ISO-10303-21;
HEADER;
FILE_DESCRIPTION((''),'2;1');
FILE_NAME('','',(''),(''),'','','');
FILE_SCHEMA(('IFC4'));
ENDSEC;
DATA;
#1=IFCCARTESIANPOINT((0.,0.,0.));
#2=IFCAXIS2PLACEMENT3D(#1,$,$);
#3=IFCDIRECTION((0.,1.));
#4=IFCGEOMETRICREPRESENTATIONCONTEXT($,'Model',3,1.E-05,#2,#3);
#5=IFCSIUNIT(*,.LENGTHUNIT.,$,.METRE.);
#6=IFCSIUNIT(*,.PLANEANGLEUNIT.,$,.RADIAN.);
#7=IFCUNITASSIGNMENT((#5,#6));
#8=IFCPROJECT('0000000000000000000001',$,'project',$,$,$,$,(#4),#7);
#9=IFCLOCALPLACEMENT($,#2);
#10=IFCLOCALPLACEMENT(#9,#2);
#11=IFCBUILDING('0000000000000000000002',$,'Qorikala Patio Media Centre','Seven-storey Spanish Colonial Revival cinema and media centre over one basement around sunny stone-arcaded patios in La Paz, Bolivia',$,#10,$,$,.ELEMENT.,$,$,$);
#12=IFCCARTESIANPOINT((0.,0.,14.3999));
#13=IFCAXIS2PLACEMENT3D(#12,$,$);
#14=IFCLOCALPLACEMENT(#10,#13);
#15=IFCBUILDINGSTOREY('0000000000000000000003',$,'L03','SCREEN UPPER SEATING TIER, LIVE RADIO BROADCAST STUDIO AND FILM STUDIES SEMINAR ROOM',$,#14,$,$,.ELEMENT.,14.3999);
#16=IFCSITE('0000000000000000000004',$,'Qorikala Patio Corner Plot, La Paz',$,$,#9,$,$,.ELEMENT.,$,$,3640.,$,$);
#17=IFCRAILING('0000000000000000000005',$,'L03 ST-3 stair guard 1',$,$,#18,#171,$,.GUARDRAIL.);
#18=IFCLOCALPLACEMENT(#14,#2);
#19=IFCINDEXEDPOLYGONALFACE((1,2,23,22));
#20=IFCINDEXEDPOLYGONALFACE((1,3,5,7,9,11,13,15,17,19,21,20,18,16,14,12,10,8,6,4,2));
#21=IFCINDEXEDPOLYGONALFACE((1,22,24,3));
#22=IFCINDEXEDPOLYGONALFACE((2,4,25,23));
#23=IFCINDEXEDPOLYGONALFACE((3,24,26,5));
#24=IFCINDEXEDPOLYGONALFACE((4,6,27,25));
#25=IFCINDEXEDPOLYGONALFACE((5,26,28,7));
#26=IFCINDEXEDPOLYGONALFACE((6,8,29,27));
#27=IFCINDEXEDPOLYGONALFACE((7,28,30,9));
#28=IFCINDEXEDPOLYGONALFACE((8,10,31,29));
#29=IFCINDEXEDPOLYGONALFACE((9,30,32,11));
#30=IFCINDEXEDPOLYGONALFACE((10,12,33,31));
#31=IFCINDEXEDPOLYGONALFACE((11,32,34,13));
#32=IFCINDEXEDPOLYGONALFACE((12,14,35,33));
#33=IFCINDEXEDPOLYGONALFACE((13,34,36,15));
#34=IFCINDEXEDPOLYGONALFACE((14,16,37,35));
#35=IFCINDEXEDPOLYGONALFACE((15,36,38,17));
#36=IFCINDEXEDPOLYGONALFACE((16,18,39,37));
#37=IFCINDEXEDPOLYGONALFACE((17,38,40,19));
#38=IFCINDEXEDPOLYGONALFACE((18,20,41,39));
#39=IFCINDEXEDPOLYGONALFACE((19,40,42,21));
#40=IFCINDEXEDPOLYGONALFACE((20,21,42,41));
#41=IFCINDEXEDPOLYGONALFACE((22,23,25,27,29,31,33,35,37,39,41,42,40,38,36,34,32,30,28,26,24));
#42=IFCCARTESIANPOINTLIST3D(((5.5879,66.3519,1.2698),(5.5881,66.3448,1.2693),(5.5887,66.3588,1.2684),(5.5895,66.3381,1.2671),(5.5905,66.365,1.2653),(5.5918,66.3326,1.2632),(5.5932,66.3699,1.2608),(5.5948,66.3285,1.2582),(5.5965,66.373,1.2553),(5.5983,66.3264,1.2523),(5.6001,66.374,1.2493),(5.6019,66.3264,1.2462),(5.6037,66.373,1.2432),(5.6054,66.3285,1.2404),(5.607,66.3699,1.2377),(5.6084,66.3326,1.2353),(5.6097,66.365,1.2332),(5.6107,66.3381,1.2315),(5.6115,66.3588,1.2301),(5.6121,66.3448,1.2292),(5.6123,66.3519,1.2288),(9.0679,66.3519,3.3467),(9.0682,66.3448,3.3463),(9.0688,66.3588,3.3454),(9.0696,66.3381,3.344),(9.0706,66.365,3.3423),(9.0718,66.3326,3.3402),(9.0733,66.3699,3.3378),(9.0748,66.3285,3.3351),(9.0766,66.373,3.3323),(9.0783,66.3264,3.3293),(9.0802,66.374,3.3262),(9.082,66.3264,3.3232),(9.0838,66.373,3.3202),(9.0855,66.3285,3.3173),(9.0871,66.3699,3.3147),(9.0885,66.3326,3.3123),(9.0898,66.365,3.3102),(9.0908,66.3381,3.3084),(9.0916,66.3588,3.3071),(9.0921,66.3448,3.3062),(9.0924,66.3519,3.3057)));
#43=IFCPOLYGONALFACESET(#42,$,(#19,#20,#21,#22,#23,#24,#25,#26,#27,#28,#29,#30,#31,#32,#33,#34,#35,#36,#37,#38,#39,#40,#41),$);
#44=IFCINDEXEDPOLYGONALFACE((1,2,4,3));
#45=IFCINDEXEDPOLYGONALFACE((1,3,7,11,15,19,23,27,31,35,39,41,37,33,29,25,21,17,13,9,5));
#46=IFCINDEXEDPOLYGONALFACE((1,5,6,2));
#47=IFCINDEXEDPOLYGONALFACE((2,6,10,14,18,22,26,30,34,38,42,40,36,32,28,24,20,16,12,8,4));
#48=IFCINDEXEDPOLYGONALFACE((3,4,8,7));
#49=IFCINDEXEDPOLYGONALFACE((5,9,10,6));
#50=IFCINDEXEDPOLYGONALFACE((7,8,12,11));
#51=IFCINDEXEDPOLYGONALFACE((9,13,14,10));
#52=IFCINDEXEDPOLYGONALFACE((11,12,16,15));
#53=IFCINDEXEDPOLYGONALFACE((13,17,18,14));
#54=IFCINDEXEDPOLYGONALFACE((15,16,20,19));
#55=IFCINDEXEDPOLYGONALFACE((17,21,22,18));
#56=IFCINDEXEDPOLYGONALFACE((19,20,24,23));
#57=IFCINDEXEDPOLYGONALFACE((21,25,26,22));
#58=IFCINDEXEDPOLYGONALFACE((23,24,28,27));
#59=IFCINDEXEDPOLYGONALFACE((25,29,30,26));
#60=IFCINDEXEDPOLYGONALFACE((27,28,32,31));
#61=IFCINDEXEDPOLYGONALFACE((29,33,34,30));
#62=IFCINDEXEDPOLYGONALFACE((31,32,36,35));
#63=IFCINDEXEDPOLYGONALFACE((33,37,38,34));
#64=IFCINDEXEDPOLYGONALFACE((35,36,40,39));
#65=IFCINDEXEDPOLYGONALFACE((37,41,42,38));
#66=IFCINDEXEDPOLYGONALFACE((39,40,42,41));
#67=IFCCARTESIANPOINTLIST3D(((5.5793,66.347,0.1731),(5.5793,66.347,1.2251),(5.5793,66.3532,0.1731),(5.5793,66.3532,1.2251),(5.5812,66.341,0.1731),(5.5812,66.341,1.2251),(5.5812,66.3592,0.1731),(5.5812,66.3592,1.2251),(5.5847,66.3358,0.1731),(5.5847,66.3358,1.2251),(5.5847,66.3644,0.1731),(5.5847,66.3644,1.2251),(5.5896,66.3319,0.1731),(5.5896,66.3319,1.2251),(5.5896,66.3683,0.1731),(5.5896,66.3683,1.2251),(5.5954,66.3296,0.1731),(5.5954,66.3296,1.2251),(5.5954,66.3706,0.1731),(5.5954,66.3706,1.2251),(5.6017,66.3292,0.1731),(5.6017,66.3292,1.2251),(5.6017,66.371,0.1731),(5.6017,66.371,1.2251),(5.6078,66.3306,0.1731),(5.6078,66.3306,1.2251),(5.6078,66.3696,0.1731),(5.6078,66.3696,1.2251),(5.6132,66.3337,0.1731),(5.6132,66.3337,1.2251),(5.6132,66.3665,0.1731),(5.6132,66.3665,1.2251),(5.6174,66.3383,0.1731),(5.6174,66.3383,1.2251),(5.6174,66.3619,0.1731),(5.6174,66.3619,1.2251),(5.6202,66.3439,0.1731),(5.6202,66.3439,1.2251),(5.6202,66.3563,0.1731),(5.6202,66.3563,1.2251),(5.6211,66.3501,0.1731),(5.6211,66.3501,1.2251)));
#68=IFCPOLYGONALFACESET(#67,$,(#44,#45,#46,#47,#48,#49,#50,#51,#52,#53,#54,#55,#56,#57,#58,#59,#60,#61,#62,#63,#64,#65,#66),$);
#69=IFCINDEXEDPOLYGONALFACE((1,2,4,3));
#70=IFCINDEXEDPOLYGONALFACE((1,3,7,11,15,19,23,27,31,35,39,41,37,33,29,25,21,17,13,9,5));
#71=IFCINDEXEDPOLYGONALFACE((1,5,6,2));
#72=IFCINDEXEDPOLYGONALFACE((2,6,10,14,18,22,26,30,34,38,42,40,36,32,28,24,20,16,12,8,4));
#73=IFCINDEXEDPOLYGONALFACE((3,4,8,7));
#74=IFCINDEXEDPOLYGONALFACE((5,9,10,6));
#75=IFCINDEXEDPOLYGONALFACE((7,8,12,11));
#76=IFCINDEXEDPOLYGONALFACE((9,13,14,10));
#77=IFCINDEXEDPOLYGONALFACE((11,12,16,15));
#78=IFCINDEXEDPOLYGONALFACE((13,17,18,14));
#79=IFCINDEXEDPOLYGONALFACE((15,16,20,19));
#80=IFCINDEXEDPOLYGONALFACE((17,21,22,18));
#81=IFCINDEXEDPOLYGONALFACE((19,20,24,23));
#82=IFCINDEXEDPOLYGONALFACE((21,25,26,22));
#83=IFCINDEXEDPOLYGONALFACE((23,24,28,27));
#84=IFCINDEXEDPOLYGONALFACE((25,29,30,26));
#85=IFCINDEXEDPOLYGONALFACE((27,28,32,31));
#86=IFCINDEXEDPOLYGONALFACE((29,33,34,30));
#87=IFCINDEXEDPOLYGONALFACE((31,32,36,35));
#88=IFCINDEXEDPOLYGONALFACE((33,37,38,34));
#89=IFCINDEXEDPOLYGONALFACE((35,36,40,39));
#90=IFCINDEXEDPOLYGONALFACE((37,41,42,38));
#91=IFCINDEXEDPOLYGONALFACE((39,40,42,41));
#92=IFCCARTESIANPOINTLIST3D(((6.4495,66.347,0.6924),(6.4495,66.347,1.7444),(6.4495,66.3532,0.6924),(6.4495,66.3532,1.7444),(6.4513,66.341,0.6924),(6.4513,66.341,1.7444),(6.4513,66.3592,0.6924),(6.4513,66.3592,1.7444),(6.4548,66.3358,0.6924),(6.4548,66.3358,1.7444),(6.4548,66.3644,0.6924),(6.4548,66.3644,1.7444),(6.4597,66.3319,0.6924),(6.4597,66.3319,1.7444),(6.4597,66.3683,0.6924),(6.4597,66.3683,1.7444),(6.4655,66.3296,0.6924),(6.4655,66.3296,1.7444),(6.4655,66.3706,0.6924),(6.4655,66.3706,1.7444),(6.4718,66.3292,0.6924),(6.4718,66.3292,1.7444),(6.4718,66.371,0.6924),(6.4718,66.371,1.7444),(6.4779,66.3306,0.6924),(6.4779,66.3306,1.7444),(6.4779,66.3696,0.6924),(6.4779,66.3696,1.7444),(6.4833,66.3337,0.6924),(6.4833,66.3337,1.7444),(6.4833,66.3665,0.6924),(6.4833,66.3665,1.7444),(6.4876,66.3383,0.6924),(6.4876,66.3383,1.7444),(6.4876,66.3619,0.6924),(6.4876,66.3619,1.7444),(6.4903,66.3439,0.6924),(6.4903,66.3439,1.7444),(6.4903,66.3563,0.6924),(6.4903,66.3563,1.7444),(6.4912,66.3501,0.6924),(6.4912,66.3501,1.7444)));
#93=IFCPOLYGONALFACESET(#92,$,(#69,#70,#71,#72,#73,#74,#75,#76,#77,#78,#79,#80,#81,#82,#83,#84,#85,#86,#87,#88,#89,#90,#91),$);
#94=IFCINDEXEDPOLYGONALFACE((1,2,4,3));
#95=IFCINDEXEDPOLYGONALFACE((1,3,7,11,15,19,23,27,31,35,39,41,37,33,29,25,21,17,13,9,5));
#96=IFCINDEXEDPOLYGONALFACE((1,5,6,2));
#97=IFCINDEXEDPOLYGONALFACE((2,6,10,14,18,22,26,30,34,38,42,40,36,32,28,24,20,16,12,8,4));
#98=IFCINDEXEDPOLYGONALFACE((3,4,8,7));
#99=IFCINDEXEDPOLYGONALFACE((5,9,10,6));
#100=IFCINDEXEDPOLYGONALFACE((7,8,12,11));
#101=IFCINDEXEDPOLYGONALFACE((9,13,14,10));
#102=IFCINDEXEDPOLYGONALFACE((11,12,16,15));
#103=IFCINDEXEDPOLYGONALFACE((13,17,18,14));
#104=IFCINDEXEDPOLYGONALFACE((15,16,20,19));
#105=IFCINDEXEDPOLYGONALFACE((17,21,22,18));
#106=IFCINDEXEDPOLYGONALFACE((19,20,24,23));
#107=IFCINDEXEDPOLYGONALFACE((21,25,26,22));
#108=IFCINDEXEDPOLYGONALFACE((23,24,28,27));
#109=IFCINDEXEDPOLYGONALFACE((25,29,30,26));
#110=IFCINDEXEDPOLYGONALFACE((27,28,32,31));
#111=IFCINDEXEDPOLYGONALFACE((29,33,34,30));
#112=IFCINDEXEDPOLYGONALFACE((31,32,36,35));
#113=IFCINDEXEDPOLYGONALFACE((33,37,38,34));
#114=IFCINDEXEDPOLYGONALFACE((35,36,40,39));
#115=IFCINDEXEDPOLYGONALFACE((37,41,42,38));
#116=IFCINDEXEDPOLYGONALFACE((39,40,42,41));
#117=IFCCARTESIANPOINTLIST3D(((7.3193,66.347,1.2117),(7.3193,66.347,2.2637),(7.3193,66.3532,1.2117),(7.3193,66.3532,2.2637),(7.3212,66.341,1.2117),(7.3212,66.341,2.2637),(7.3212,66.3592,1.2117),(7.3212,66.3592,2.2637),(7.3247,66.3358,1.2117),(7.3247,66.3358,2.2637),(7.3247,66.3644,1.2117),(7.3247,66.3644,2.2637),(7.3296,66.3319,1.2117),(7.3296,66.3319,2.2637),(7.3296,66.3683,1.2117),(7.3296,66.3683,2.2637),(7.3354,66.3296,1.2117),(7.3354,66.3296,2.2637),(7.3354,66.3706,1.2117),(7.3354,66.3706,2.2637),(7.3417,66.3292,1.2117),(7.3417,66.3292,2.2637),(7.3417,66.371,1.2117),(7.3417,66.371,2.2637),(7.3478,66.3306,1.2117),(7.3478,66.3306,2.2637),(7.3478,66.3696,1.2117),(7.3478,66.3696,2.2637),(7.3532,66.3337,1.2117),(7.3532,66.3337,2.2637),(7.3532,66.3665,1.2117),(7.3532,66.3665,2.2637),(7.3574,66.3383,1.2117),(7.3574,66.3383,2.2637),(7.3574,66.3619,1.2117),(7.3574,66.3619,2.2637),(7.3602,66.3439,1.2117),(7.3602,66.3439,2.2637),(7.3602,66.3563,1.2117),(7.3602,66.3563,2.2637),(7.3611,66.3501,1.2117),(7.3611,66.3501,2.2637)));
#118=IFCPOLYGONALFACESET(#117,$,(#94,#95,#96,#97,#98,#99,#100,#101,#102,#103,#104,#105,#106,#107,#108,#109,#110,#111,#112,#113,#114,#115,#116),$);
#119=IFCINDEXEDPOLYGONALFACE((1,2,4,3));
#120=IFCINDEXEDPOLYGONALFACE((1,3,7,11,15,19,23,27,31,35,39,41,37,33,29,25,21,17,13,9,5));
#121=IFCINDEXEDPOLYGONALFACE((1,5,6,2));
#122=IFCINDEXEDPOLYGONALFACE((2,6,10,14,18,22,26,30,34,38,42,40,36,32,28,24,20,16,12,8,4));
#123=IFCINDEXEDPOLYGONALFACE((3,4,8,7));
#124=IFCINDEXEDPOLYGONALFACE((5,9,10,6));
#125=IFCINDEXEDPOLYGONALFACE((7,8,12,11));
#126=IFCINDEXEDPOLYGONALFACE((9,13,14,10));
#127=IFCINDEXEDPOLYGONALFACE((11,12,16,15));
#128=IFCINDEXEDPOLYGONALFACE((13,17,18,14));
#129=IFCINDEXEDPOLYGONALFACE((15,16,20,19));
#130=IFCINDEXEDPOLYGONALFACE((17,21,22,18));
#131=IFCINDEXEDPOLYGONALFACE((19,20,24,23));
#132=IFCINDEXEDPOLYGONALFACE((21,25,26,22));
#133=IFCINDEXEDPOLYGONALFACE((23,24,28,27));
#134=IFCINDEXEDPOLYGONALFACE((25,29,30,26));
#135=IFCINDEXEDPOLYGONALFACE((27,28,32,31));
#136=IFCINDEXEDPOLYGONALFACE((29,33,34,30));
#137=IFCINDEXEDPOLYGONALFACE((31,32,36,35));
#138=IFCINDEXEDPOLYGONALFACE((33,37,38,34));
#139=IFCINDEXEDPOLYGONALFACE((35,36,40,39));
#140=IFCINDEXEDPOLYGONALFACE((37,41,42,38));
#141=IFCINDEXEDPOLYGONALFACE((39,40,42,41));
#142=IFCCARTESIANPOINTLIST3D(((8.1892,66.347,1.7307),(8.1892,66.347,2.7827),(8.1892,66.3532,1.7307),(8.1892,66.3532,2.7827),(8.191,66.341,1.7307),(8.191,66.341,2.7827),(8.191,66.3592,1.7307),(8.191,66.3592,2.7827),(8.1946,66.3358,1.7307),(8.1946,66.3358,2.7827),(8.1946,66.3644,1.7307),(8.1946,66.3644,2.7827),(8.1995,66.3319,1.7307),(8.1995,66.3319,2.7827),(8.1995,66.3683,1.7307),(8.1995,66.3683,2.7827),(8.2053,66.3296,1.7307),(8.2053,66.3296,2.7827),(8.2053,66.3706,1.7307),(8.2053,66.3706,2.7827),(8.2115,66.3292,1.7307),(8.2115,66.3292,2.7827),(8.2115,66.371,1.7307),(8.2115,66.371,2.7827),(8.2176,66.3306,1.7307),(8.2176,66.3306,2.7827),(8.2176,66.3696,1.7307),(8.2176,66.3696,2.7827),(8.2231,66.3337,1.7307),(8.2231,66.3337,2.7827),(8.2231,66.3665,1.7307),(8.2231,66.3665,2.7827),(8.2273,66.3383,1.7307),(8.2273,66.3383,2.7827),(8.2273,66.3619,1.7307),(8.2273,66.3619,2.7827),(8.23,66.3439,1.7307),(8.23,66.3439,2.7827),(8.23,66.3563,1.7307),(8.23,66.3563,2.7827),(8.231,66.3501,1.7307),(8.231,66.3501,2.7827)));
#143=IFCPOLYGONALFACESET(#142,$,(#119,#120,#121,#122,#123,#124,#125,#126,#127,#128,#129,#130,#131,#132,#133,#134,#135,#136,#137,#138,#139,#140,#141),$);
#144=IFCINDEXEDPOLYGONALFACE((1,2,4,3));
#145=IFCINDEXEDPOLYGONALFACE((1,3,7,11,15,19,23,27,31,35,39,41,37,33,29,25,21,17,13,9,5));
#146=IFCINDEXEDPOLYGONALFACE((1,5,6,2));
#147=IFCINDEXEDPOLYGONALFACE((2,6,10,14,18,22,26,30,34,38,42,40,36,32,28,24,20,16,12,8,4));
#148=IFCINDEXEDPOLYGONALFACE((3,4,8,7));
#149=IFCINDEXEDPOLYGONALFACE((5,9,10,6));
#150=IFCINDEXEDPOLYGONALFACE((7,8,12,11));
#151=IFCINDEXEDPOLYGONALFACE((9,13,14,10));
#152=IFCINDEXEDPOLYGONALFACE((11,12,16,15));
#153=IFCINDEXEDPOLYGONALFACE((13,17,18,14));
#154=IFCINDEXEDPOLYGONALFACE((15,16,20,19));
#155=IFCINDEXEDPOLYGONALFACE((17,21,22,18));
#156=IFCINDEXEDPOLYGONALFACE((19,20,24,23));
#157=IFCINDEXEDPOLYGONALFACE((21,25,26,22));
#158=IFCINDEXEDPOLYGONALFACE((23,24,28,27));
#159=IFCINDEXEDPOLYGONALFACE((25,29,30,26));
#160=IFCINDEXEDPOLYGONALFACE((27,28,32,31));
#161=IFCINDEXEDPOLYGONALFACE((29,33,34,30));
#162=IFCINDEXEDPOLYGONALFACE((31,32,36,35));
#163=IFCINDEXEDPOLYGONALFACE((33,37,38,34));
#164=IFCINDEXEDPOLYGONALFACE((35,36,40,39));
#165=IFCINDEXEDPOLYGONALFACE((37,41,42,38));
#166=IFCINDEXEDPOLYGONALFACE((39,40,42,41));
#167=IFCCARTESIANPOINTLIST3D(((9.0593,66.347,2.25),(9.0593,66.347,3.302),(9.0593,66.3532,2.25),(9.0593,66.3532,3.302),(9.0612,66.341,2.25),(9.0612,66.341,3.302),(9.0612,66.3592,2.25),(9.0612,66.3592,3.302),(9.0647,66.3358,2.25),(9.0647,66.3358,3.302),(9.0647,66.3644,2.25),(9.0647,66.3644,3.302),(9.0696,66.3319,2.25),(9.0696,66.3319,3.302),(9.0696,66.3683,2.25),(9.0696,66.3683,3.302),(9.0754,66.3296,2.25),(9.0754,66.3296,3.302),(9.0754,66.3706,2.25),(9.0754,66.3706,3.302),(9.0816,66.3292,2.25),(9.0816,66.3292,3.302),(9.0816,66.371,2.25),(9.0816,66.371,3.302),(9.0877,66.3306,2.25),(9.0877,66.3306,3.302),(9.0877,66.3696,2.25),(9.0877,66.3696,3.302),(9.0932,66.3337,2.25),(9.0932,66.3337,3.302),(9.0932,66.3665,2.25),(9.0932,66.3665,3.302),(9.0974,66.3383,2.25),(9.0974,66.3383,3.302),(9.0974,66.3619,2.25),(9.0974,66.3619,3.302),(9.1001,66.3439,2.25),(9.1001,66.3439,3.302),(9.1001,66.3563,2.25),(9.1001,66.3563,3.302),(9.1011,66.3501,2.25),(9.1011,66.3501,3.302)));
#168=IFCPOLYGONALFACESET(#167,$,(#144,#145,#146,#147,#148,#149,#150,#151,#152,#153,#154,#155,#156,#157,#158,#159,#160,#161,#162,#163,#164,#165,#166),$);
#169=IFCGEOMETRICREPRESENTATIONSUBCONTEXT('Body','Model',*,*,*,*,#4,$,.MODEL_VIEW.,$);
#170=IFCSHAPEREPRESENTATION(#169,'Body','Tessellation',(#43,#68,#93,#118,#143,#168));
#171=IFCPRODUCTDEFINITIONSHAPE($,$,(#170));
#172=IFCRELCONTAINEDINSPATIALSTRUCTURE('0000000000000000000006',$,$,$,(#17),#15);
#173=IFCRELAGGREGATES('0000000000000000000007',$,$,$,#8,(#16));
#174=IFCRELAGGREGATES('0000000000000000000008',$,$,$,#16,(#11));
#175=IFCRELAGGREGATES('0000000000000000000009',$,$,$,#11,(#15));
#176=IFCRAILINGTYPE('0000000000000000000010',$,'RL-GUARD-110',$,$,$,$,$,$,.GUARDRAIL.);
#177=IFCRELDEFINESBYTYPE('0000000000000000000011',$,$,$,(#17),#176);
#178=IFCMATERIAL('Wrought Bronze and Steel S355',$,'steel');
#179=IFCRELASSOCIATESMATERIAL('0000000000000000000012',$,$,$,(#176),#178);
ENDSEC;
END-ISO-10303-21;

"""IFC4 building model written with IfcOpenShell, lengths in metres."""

from ifc_helpers import new_model, si_unit, direction, frame, origin, origin_2d, place, context, subcontext, project, spatial, circle, extrude, material, type_object, element, save


model = new_model("IFC4")

# Units and contexts
model_context = context("Model", 3, precision=1e-05, world=origin(), true_north=direction((0.0, 1.0)))
body_context = subcontext(model_context, "Body", "Model", "MODEL_VIEW")
ifc_project = project(units=[si_unit("LENGTHUNIT", "METRE"), si_unit("PLANEANGLEUNIT", "RADIAN")], contexts=[model_context])

# Site, building, storey
site_placement = place(None, origin())
site = spatial("IfcSite", under=ifc_project, at=site_placement, Name="Qorikala Patio Corner Plot, La Paz", CompositionType="ELEMENT", RefElevation=3640.0)
building_placement = place(site_placement, origin())
building = spatial("IfcBuilding", under=site, at=building_placement, Name="Qorikala Patio Media Centre", Description="Seven-storey Spanish Colonial Revival cinema and media centre over one basement around sunny stone-arcaded patios in La Paz, Bolivia", CompositionType="ELEMENT")
storey_placement = place(building_placement, frame((0.0, 0.0, 14.3999)))
storey = spatial("IfcBuildingStorey", under=building, at=storey_placement, Name="L03", Description="SCREEN UPPER SEATING TIER, LIVE RADIO BROADCAST STUDIO AND FILM STUDIES SEMINAR ROOM", CompositionType="ELEMENT", Elevation=14.3999)

# Railing
ifc_material_1 = material(Name="Wrought Bronze and Steel S355", Category="steel")
railing_type_1 = type_object("IfcRailingType", Name="RL-GUARD-110", PredefinedType="GUARDRAIL", material=ifc_material_1)
railing_1_placement = place(storey_placement, frame((5.6001, 66.3501, 0.1731)))
element("IfcRailing", 1, at=railing_1_placement, inside=storey, type_object=railing_type_1, Name="L03 ST-3 stair guard 1", PredefinedType="GUARDRAIL", context=body_context, shape_type="SweptSolid", body=[
    extrude(circle(Radius=0.0239, at=origin_2d()), frame((0.0, 0.0, 1.0762), z_axis=(0.858697, 0.0, 0.512483), x_axis=(0.0, 1.0, 0.0)), (0.0, 0.0, 1.0), 4.0527),
    extrude(circle(Radius=0.021, at=origin_2d()), origin(), (0.0, 0.0, 1.0), 1.052),
    extrude(circle(Radius=0.021, at=origin_2d()), frame((0.8701, 0.0, 0.5193)), (0.0, 0.0, 1.0), 1.052),
    extrude(circle(Radius=0.021, at=origin_2d()), frame((1.74, 0.0, 1.0386)), (0.0, 0.0, 1.0), 1.052),
    extrude(circle(Radius=0.021, at=origin_2d()), frame((2.6099, 0.0, 1.5576)), (0.0, 0.0, 1.0), 1.052),
    extrude(circle(Radius=0.021, at=origin_2d()), frame((3.48, 0.0, 2.0769)), (0.0, 0.0, 1.0), 1.052),
])

save(model, "model.ifc")
